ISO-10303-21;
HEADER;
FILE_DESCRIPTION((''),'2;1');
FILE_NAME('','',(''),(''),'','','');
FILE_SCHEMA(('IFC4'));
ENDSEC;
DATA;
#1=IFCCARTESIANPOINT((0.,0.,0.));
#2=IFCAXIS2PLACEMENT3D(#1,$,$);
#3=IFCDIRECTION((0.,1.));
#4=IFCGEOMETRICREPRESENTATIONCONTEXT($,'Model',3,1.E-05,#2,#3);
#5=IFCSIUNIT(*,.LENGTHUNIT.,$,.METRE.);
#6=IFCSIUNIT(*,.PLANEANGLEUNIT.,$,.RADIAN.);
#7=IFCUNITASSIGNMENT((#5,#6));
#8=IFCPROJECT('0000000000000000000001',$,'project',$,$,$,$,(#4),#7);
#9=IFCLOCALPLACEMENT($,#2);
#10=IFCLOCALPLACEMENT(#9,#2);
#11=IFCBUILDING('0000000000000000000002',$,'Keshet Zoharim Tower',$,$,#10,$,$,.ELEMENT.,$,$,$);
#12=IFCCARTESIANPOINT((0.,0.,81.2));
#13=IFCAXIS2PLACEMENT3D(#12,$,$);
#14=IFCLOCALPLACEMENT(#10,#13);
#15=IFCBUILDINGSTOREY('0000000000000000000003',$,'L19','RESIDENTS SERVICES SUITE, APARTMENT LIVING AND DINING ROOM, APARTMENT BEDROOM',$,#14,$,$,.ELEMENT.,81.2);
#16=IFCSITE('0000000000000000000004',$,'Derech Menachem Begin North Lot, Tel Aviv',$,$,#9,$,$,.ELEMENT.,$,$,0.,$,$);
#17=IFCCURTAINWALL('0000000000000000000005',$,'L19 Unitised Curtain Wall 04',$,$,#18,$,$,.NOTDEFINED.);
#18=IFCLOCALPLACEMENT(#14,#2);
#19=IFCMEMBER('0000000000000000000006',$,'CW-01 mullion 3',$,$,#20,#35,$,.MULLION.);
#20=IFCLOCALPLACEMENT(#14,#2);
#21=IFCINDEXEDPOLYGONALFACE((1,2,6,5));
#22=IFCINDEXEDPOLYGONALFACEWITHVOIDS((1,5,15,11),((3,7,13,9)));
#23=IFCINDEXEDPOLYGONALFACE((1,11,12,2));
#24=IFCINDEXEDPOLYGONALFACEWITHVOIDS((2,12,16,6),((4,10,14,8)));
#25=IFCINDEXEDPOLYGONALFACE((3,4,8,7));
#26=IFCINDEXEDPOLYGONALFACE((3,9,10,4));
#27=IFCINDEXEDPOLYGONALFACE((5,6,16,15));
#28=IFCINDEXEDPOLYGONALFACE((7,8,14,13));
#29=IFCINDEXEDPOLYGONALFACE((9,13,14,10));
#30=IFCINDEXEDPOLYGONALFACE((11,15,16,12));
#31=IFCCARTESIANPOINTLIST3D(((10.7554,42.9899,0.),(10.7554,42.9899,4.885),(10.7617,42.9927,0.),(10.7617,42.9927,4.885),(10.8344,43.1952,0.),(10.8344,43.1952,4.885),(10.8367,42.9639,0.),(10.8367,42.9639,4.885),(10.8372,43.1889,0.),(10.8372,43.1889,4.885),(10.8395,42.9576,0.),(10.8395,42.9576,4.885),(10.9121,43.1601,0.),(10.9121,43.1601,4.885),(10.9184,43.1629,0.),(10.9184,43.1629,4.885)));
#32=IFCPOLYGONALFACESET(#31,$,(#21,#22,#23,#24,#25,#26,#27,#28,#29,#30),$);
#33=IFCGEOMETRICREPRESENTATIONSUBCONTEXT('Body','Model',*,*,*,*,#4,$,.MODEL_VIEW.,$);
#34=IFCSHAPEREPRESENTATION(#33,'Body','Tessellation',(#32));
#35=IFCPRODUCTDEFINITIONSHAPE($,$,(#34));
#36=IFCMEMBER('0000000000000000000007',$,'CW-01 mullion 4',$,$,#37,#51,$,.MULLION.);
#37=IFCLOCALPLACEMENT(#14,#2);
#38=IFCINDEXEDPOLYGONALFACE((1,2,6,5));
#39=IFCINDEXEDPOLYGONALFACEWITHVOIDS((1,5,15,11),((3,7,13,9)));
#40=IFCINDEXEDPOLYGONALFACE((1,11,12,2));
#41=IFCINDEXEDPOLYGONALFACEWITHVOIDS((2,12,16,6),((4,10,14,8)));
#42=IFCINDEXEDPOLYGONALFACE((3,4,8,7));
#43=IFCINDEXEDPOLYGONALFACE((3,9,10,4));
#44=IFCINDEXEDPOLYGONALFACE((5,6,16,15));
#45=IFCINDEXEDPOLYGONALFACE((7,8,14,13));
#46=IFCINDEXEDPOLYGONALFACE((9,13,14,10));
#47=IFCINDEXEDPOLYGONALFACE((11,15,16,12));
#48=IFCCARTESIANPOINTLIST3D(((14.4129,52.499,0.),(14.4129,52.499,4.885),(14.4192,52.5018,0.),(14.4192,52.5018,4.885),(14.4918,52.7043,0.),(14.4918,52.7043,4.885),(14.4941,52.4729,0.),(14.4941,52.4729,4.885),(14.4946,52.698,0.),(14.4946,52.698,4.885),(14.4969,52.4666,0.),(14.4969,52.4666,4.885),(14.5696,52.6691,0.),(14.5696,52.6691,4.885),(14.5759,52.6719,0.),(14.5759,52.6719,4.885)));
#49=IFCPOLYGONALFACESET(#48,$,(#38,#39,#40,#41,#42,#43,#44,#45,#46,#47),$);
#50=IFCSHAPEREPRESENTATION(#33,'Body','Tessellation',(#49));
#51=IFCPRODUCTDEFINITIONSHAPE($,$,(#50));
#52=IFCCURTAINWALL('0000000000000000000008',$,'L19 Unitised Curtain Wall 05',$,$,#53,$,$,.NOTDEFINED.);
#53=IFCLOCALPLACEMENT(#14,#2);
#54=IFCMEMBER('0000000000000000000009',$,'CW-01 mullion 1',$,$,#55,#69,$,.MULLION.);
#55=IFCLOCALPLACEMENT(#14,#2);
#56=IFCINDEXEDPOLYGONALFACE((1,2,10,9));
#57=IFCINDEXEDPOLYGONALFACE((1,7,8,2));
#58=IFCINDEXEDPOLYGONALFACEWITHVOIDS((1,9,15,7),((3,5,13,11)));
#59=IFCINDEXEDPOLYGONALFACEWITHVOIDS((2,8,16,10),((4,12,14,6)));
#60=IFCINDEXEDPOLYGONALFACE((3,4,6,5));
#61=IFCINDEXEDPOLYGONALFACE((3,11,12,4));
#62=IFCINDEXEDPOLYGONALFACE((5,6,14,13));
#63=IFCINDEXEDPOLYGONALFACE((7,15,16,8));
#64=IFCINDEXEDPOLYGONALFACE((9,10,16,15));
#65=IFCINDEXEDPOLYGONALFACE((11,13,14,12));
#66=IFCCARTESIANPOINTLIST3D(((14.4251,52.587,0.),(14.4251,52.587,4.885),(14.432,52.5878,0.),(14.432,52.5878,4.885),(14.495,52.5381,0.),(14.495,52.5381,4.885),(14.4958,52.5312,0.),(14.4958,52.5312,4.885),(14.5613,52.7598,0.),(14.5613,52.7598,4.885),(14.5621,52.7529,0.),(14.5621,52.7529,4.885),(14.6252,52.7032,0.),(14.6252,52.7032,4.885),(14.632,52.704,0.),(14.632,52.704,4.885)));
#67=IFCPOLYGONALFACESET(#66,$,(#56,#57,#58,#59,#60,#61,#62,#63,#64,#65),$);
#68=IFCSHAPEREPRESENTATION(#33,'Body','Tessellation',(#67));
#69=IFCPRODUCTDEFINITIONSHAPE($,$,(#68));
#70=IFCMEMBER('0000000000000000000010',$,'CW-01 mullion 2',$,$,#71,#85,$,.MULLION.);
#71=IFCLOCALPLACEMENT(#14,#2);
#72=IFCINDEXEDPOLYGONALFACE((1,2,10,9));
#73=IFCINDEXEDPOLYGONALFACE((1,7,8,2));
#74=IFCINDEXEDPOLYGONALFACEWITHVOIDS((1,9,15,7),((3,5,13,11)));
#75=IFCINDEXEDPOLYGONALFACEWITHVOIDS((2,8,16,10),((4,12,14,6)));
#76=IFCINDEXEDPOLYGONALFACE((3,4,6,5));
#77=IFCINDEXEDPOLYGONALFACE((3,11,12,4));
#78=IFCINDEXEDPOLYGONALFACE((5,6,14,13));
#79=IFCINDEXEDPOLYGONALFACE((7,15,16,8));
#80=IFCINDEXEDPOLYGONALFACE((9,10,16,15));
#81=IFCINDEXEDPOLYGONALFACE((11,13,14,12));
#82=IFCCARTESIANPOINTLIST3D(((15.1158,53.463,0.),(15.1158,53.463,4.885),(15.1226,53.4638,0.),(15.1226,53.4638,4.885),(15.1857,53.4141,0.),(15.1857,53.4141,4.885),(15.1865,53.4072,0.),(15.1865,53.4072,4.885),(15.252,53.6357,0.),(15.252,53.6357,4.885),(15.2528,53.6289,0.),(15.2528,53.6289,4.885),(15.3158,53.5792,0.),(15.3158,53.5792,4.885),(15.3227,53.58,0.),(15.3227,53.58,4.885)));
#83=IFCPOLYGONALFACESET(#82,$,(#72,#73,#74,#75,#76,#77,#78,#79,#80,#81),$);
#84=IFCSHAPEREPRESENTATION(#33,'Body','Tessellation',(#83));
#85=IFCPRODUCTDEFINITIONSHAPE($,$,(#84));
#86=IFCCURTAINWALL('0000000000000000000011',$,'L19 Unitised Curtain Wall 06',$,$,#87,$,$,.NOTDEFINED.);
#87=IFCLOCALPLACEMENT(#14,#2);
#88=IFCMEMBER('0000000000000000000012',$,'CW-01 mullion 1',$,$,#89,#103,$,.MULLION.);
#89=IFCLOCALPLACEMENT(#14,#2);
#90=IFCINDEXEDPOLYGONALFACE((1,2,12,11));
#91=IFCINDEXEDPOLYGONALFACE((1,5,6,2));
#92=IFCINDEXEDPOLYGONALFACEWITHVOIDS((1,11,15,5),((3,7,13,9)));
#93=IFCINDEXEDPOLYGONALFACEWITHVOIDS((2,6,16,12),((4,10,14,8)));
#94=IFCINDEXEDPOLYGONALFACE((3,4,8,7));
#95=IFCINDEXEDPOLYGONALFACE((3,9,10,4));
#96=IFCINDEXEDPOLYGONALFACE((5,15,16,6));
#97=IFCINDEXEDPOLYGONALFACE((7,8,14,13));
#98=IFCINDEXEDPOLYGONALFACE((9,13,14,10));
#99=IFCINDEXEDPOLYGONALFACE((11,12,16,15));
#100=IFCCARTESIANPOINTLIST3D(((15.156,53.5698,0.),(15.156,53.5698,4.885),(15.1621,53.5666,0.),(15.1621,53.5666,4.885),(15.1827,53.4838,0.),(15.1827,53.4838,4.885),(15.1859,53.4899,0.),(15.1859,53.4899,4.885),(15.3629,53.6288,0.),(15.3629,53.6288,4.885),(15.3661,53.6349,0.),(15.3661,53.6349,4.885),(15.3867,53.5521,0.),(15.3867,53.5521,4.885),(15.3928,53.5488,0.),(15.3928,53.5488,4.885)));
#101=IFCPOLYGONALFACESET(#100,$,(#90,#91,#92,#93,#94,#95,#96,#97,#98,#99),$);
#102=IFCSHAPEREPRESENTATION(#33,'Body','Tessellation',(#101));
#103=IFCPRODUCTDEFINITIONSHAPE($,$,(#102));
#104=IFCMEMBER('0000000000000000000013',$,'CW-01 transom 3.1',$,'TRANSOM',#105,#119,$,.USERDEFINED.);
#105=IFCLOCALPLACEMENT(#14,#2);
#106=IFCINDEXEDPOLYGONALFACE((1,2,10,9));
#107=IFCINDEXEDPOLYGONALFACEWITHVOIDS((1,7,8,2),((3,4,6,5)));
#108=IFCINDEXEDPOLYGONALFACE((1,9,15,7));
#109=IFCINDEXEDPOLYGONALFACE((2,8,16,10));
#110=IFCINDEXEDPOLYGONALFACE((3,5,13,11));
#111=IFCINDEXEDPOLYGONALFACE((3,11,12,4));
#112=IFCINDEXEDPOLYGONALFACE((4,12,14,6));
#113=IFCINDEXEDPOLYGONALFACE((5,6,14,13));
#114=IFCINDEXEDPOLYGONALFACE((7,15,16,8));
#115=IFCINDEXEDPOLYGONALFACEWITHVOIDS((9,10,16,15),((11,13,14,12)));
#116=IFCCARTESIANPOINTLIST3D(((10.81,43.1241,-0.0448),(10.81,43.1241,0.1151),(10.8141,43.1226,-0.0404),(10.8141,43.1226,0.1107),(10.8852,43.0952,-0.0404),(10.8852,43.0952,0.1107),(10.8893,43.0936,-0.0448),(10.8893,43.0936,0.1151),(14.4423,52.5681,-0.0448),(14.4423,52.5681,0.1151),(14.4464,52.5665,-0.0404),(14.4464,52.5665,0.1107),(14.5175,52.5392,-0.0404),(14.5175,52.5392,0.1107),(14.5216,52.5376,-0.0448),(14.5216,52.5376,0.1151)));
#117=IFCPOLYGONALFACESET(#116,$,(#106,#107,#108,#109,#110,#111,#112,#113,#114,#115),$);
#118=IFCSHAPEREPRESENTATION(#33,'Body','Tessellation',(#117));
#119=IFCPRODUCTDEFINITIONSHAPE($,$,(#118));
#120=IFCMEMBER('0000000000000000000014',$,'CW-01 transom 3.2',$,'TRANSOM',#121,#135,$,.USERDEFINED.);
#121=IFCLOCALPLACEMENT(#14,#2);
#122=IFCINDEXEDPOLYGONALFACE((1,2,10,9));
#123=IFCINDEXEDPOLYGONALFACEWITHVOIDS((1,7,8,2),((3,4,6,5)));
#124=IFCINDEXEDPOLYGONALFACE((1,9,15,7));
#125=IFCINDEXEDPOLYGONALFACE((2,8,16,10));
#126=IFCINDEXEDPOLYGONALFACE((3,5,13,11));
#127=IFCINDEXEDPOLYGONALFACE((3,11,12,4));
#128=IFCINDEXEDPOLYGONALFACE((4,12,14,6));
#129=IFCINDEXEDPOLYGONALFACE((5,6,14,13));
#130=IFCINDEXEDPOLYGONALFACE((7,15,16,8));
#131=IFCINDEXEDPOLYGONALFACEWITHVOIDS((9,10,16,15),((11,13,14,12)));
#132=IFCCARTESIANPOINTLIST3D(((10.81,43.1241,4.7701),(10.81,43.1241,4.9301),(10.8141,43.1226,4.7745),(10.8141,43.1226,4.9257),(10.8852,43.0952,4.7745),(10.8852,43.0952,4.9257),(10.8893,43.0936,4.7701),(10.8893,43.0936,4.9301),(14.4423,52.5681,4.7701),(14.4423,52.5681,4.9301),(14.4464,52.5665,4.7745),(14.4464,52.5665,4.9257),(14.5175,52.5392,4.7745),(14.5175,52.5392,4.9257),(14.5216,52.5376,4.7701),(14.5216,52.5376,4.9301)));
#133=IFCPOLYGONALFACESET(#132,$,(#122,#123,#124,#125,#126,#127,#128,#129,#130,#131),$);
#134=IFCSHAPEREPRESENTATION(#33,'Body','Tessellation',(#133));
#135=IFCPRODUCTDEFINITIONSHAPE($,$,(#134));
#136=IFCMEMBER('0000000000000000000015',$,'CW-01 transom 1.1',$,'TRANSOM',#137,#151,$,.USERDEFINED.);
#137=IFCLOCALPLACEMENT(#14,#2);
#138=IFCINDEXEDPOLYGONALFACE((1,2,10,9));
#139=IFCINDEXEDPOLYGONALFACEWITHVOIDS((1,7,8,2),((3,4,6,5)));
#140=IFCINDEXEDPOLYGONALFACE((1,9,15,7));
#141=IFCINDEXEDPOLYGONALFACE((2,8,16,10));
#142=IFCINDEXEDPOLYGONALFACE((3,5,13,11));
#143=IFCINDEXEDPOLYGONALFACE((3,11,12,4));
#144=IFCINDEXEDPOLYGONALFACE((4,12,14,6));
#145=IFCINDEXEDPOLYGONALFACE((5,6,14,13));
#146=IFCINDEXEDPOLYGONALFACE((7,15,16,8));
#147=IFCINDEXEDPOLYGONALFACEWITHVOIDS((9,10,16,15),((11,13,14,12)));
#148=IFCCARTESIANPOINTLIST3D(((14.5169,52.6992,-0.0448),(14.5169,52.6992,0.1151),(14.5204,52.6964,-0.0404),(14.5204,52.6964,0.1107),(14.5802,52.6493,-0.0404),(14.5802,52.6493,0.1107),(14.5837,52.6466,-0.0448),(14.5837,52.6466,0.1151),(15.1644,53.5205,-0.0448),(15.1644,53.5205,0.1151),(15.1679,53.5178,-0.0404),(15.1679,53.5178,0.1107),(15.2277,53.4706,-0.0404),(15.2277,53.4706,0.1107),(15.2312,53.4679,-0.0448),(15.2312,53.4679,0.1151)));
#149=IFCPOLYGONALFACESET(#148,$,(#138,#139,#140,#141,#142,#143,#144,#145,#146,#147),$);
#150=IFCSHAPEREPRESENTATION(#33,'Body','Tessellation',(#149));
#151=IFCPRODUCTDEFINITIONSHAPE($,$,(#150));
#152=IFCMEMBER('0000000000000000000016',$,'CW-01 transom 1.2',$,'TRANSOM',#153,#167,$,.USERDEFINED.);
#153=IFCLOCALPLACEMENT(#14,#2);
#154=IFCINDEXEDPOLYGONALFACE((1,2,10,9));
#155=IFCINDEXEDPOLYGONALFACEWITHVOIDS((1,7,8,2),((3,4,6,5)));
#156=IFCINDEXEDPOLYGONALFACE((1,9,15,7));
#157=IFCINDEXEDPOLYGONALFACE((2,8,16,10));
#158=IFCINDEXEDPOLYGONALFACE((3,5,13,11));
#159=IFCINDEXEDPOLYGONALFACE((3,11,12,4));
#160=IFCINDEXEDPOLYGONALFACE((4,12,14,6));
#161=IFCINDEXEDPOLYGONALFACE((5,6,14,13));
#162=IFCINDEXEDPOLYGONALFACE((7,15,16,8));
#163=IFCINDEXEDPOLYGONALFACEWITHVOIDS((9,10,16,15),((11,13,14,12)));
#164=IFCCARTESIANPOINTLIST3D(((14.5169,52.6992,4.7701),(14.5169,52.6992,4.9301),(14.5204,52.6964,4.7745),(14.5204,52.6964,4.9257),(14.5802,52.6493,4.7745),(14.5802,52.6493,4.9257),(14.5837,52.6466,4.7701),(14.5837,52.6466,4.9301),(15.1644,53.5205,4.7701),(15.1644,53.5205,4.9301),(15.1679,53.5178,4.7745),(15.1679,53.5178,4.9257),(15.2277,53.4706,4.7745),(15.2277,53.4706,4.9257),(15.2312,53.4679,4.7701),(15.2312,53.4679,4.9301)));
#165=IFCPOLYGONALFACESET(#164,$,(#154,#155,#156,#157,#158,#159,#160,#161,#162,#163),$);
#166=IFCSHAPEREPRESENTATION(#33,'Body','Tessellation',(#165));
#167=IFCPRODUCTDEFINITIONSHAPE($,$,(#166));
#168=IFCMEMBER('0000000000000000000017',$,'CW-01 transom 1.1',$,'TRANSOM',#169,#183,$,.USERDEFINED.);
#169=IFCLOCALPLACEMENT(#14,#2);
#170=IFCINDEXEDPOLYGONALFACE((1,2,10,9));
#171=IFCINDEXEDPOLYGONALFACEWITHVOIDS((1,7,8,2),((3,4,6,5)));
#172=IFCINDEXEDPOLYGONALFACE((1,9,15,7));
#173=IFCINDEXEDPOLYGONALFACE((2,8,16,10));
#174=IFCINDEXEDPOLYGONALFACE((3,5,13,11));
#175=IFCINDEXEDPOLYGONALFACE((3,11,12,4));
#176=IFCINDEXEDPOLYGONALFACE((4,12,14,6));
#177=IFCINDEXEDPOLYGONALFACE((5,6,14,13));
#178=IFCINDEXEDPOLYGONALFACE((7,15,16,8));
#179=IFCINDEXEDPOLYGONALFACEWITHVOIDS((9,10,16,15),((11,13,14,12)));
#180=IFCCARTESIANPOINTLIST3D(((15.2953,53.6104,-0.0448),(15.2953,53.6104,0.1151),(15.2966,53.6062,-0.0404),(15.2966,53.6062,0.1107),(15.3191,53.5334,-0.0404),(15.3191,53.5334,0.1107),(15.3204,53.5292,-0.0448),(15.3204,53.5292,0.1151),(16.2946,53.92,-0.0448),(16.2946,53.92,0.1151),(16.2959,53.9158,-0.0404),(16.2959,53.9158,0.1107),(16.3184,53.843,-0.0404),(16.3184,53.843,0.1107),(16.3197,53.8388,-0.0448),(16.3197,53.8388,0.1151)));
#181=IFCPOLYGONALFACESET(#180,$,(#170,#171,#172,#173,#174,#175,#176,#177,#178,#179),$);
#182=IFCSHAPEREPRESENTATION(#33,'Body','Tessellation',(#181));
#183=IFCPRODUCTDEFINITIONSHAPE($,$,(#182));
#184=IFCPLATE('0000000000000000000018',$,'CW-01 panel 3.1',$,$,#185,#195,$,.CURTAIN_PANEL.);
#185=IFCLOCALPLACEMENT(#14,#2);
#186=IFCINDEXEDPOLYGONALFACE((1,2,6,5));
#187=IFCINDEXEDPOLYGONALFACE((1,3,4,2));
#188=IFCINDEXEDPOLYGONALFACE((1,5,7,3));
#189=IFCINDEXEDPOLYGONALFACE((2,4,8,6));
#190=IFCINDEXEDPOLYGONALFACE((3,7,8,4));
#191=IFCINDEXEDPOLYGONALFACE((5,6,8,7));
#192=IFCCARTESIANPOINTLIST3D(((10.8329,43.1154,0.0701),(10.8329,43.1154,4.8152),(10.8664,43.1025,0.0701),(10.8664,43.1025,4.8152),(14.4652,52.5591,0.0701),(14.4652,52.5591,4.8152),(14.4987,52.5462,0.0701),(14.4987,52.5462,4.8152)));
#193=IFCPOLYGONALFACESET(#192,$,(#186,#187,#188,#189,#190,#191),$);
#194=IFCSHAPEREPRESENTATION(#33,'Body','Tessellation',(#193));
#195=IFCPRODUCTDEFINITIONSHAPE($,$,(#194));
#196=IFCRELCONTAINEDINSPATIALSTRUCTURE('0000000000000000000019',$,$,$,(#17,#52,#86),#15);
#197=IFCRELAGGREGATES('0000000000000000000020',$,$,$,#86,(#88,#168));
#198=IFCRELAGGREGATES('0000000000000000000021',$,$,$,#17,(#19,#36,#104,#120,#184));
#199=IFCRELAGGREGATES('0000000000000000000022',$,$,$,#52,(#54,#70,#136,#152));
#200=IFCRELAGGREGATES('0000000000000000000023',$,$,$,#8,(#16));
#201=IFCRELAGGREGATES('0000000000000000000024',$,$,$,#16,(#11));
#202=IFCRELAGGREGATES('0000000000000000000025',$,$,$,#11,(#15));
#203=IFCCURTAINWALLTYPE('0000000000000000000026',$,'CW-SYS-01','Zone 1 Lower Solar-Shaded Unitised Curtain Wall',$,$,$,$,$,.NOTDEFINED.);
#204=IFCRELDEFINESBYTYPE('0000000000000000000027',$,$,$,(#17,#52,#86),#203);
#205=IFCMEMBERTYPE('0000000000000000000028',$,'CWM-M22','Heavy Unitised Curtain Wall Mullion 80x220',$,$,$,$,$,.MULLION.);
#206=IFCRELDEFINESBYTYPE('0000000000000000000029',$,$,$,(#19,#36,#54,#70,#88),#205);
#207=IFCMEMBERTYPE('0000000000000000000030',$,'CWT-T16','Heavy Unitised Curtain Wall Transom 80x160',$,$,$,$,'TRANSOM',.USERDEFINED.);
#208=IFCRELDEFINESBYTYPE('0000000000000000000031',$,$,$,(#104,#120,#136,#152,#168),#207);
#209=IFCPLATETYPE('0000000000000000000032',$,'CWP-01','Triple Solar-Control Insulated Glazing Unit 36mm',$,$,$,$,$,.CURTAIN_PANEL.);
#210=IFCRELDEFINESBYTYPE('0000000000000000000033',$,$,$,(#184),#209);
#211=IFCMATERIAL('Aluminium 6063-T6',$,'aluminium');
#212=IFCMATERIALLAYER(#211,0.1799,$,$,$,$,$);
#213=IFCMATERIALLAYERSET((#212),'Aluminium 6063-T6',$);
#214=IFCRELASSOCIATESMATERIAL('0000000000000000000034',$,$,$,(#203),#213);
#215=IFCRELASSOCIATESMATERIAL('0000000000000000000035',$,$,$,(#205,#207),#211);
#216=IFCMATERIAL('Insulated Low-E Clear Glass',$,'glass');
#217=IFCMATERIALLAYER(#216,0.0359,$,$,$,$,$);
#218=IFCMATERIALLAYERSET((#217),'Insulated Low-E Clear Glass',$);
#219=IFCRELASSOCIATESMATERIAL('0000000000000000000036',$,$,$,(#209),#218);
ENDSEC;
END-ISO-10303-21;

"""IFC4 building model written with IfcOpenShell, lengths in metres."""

from ifc_helpers import new_model, si_unit, direction, frame, origin, origin_2d, place, context, subcontext, project, spatial, rectangle, hollow_rectangle, extrude, material, layer, layer_set, material_profile, profile_set, type_object, element, aggregate, save


model = new_model("IFC4")

# Units and contexts
model_context = context("Model", 3, precision=1e-05, world=origin(), true_north=direction((0.0, 1.0)))
body_context = subcontext(model_context, "Body", "Model", "MODEL_VIEW")
ifc_project = project(units=[si_unit("LENGTHUNIT", "METRE"), si_unit("PLANEANGLEUNIT", "RADIAN")], contexts=[model_context])

# Site, building, storey
site_placement = place(None, origin())
site = spatial("IfcSite", under=ifc_project, at=site_placement, Name="Derech Menachem Begin North Lot, Tel Aviv", CompositionType="ELEMENT", RefElevation=0.0)
building_placement = place(site_placement, origin())
building = spatial("IfcBuilding", under=site, at=building_placement, Name="Keshet Zoharim Tower", CompositionType="ELEMENT")
storey_placement = place(building_placement, frame((0.0, 0.0, 81.2)))
storey = spatial("IfcBuildingStorey", under=building, at=storey_placement, Name="L19", Description="RESIDENTS SERVICES SUITE, APARTMENT LIVING AND DINING ROOM, APARTMENT BEDROOM", CompositionType="ELEMENT", Elevation=81.2)

# Curtain walls, members
ifc_material_1 = material(Name="Aluminium 6063-T6", Category="aluminium")
ifc_layer_1 = layer(ifc_material_1, 0.1799)
ifc_layer_set_1 = layer_set([ifc_layer_1], Name="Aluminium 6063-T6")
curtain_wall_type = type_object("IfcCurtainWallType", Name="CW-SYS-01", Description="Zone 1 Lower Solar-Shaded Unitised Curtain Wall", PredefinedType="NOTDEFINED", material=ifc_layer_set_1)
curtain_wall_1_placement = place(storey_placement, origin())
curtain_wall_1 = element("IfcCurtainWall", 1, at=curtain_wall_1_placement, inside=storey, type_object=curtain_wall_type, Name="L19 Unitised Curtain Wall 04", PredefinedType="NOTDEFINED")
ifc_material_profile_1 = material_profile(ifc_material_1, hollow_rectangle(XDim=0.0901, YDim=0.22, WallThickness=0.0049, at=origin_2d()), Name="MUL-90x220")
ifc_profile_set_1 = profile_set([ifc_material_profile_1], Name="Aluminium 6063-T6")
member_type_1 = type_object("IfcMemberType", Name="CWM-M22", Description="Heavy Unitised Curtain Wall Mullion 80x220", PredefinedType="MULLION", material=ifc_profile_set_1)
member_1_placement = place(storey_placement, frame((10.8369, 43.0764, 0.0), z_axis=(0.0, 0.0, 1.0), x_axis=(-0.933341, 0.35899, 0.0)))
member_1 = element("IfcMember", 2, at=member_1_placement, type_object=member_type_1, Name="CW-01 mullion 3", PredefinedType="MULLION", context=body_context, shape_type="SweptSolid", body=[
    extrude(hollow_rectangle(XDim=0.0901, YDim=0.22, WallThickness=0.0049, at=origin_2d()), origin(), (0.0, 0.0, 1.0), 4.885),
])
member_2_placement = place(storey_placement, frame((14.4944, 52.5854, 0.0), z_axis=(0.0, 0.0, 1.0), x_axis=(-0.933341, 0.35899, 0.0)))
member_2 = element("IfcMember", 3, at=member_2_placement, type_object=member_type_1, Name="CW-01 mullion 4", PredefinedType="MULLION", context=body_context, shape_type="SweptSolid", body=[
    extrude(hollow_rectangle(XDim=0.0901, YDim=0.22, WallThickness=0.0049, at=origin_2d()), origin(), (0.0, 0.0, 1.0), 4.885),
])
curtain_wall_2_placement = place(storey_placement, origin())
curtain_wall_2 = element("IfcCurtainWall", 4, at=curtain_wall_2_placement, inside=storey, type_object=curtain_wall_type, Name="L19 Unitised Curtain Wall 05", PredefinedType="NOTDEFINED")
member_3_placement = place(storey_placement, frame((14.5286, 52.6455, 0.0), z_axis=(0.0, 0.0, 1.0), x_axis=(-0.785293, 0.619125, 0.0)))
member_3 = element("IfcMember", 5, at=member_3_placement, type_object=member_type_1, Name="CW-01 mullion 1", PredefinedType="MULLION", context=body_context, shape_type="SweptSolid", body=[
    extrude(hollow_rectangle(XDim=0.0901, YDim=0.22, WallThickness=0.0049, at=origin_2d()), origin(), (0.0, 0.0, 1.0), 4.885),
])
member_4_placement = place(storey_placement, frame((15.2192, 53.5215, 0.0), z_axis=(0.0, 0.0, 1.0), x_axis=(-0.785293, 0.619125, 0.0)))
member_4 = element("IfcMember", 6, at=member_4_placement, type_object=member_type_1, Name="CW-01 mullion 2", PredefinedType="MULLION", context=body_context, shape_type="SweptSolid", body=[
    extrude(hollow_rectangle(XDim=0.0901, YDim=0.22, WallThickness=0.0049, at=origin_2d()), origin(), (0.0, 0.0, 1.0), 4.885),
])

# Curtain wall, member
curtain_wall_3_placement = place(storey_placement, origin())
curtain_wall_3 = element("IfcCurtainWall", 7, at=curtain_wall_3_placement, inside=storey, type_object=curtain_wall_type, Name="L19 Unitised Curtain Wall 06", PredefinedType="NOTDEFINED")
member_5_placement = place(storey_placement, frame((15.2744, 53.5593, 0.0), z_axis=(0.0, 0.0, 1.0), x_axis=(-0.295922, 0.955212, 0.0)))
member_5 = element("IfcMember", 8, at=member_5_placement, type_object=member_type_1, Name="CW-01 mullion 1", PredefinedType="MULLION", context=body_context, shape_type="SweptSolid", body=[
    extrude(hollow_rectangle(XDim=0.0901, YDim=0.22, WallThickness=0.0049, at=origin_2d()), origin(), (0.0, 0.0, 1.0), 4.885),
])

# Members
ifc_material_profile_2 = material_profile(ifc_material_1, hollow_rectangle(XDim=0.085, YDim=0.1599, WallThickness=0.0044, at=origin_2d()), Name="TRN-85x160")
ifc_profile_set_2 = profile_set([ifc_material_profile_2], Name="Aluminium 6063-T6")
member_type_2 = type_object("IfcMemberType", Name="CWT-T16", Description="Heavy Unitised Curtain Wall Transom 80x160", ElementType="TRANSOM", PredefinedType="USERDEFINED", material=ifc_profile_set_2)
member_6_placement = place(storey_placement, frame((10.8496, 43.1089, 0.0352), z_axis=(0.358986, 0.933343, 0.0), x_axis=(-0.933343, 0.358986, 0.0)))
member_6 = element("IfcMember", 9, at=member_6_placement, type_object=member_type_2, Name="CW-01 transom 3.1", ObjectType="TRANSOM", PredefinedType="USERDEFINED", context=body_context, shape_type="SweptSolid", body=[
    extrude(hollow_rectangle(XDim=0.085, YDim=0.1599, WallThickness=0.0044, at=origin_2d()), origin(), (0.0, 0.0, 1.0), 10.1184),
])
member_7_placement = place(storey_placement, frame((10.8496, 43.1089, 4.8501), z_axis=(0.358986, 0.933343, 0.0), x_axis=(-0.933343, 0.358986, 0.0)))
member_7 = element("IfcMember", 10, at=member_7_placement, type_object=member_type_2, Name="CW-01 transom 3.2", ObjectType="TRANSOM", PredefinedType="USERDEFINED", context=body_context, shape_type="SweptSolid", body=[
    extrude(hollow_rectangle(XDim=0.085, YDim=0.1599, WallThickness=0.0044, at=origin_2d()), origin(), (0.0, 0.0, 1.0), 10.1184),
])
member_8_placement = place(storey_placement, frame((14.5503, 52.6729, 0.0352), z_axis=(0.619099, 0.785313, 0.0), x_axis=(-0.785313, 0.619099, 0.0)))
member_8 = element("IfcMember", 11, at=member_8_placement, type_object=member_type_2, Name="CW-01 transom 1.1", ObjectType="TRANSOM", PredefinedType="USERDEFINED", context=body_context, shape_type="SweptSolid", body=[
    extrude(hollow_rectangle(XDim=0.085, YDim=0.1599, WallThickness=0.0044, at=origin_2d()), origin(), (0.0, 0.0, 1.0), 1.0459),
])
member_9_placement = place(storey_placement, frame((14.5503, 52.6729, 4.8501), z_axis=(0.619099, 0.785313, 0.0), x_axis=(-0.785313, 0.619099, 0.0)))
member_9 = element("IfcMember", 12, at=member_9_placement, type_object=member_type_2, Name="CW-01 transom 1.2", ObjectType="TRANSOM", PredefinedType="USERDEFINED", context=body_context, shape_type="SweptSolid", body=[
    extrude(hollow_rectangle(XDim=0.085, YDim=0.1599, WallThickness=0.0044, at=origin_2d()), origin(), (0.0, 0.0, 1.0), 1.0459),
])
member_10_placement = place(storey_placement, frame((15.3079, 53.5698, 0.0352), z_axis=(0.955212, 0.295922, 0.0), x_axis=(-0.295922, 0.955212, 0.0)))
member_10 = element("IfcMember", 13, at=member_10_placement, type_object=member_type_2, Name="CW-01 transom 1.1", ObjectType="TRANSOM", PredefinedType="USERDEFINED", context=body_context, shape_type="SweptSolid", body=[
    extrude(hollow_rectangle(XDim=0.085, YDim=0.1599, WallThickness=0.0044, at=origin_2d()), origin(), (0.0, 0.0, 1.0), 1.0461),
])
aggregate(curtain_wall_3, [member_5, member_10])

# Plate
ifc_material_2 = material(Name="Insulated Low-E Clear Glass", Category="glass")
ifc_layer_2 = layer(ifc_material_2, 0.0359)
ifc_layer_set_2 = layer_set([ifc_layer_2], Name="Insulated Low-E Clear Glass")
plate_type = type_object("IfcPlateType", Name="CWP-01", Description="Triple Solar-Control Insulated Glazing Unit 36mm", PredefinedType="CURTAIN_PANEL", material=ifc_layer_set_2)
plate_1_placement = place(storey_placement, frame((12.6658, 47.8308, 0.0701), z_axis=(0.0, 0.0, 1.0), x_axis=(0.35899, 0.933341, 0.0)))
plate_1 = element("IfcPlate", 14, at=plate_1_placement, type_object=plate_type, Name="CW-01 panel 3.1", PredefinedType="CURTAIN_PANEL", context=body_context, shape_type="SweptSolid", body=[
    extrude(rectangle(XDim=10.1182, YDim=0.0359, at=origin_2d()), origin(), (0.0, 0.0, 1.0), 4.7451),
])
aggregate(curtain_wall_1, [member_1, member_2, member_6, member_7, plate_1])
aggregate(curtain_wall_2, [member_3, member_4, member_8, member_9])

save(model, "model.ifc")
